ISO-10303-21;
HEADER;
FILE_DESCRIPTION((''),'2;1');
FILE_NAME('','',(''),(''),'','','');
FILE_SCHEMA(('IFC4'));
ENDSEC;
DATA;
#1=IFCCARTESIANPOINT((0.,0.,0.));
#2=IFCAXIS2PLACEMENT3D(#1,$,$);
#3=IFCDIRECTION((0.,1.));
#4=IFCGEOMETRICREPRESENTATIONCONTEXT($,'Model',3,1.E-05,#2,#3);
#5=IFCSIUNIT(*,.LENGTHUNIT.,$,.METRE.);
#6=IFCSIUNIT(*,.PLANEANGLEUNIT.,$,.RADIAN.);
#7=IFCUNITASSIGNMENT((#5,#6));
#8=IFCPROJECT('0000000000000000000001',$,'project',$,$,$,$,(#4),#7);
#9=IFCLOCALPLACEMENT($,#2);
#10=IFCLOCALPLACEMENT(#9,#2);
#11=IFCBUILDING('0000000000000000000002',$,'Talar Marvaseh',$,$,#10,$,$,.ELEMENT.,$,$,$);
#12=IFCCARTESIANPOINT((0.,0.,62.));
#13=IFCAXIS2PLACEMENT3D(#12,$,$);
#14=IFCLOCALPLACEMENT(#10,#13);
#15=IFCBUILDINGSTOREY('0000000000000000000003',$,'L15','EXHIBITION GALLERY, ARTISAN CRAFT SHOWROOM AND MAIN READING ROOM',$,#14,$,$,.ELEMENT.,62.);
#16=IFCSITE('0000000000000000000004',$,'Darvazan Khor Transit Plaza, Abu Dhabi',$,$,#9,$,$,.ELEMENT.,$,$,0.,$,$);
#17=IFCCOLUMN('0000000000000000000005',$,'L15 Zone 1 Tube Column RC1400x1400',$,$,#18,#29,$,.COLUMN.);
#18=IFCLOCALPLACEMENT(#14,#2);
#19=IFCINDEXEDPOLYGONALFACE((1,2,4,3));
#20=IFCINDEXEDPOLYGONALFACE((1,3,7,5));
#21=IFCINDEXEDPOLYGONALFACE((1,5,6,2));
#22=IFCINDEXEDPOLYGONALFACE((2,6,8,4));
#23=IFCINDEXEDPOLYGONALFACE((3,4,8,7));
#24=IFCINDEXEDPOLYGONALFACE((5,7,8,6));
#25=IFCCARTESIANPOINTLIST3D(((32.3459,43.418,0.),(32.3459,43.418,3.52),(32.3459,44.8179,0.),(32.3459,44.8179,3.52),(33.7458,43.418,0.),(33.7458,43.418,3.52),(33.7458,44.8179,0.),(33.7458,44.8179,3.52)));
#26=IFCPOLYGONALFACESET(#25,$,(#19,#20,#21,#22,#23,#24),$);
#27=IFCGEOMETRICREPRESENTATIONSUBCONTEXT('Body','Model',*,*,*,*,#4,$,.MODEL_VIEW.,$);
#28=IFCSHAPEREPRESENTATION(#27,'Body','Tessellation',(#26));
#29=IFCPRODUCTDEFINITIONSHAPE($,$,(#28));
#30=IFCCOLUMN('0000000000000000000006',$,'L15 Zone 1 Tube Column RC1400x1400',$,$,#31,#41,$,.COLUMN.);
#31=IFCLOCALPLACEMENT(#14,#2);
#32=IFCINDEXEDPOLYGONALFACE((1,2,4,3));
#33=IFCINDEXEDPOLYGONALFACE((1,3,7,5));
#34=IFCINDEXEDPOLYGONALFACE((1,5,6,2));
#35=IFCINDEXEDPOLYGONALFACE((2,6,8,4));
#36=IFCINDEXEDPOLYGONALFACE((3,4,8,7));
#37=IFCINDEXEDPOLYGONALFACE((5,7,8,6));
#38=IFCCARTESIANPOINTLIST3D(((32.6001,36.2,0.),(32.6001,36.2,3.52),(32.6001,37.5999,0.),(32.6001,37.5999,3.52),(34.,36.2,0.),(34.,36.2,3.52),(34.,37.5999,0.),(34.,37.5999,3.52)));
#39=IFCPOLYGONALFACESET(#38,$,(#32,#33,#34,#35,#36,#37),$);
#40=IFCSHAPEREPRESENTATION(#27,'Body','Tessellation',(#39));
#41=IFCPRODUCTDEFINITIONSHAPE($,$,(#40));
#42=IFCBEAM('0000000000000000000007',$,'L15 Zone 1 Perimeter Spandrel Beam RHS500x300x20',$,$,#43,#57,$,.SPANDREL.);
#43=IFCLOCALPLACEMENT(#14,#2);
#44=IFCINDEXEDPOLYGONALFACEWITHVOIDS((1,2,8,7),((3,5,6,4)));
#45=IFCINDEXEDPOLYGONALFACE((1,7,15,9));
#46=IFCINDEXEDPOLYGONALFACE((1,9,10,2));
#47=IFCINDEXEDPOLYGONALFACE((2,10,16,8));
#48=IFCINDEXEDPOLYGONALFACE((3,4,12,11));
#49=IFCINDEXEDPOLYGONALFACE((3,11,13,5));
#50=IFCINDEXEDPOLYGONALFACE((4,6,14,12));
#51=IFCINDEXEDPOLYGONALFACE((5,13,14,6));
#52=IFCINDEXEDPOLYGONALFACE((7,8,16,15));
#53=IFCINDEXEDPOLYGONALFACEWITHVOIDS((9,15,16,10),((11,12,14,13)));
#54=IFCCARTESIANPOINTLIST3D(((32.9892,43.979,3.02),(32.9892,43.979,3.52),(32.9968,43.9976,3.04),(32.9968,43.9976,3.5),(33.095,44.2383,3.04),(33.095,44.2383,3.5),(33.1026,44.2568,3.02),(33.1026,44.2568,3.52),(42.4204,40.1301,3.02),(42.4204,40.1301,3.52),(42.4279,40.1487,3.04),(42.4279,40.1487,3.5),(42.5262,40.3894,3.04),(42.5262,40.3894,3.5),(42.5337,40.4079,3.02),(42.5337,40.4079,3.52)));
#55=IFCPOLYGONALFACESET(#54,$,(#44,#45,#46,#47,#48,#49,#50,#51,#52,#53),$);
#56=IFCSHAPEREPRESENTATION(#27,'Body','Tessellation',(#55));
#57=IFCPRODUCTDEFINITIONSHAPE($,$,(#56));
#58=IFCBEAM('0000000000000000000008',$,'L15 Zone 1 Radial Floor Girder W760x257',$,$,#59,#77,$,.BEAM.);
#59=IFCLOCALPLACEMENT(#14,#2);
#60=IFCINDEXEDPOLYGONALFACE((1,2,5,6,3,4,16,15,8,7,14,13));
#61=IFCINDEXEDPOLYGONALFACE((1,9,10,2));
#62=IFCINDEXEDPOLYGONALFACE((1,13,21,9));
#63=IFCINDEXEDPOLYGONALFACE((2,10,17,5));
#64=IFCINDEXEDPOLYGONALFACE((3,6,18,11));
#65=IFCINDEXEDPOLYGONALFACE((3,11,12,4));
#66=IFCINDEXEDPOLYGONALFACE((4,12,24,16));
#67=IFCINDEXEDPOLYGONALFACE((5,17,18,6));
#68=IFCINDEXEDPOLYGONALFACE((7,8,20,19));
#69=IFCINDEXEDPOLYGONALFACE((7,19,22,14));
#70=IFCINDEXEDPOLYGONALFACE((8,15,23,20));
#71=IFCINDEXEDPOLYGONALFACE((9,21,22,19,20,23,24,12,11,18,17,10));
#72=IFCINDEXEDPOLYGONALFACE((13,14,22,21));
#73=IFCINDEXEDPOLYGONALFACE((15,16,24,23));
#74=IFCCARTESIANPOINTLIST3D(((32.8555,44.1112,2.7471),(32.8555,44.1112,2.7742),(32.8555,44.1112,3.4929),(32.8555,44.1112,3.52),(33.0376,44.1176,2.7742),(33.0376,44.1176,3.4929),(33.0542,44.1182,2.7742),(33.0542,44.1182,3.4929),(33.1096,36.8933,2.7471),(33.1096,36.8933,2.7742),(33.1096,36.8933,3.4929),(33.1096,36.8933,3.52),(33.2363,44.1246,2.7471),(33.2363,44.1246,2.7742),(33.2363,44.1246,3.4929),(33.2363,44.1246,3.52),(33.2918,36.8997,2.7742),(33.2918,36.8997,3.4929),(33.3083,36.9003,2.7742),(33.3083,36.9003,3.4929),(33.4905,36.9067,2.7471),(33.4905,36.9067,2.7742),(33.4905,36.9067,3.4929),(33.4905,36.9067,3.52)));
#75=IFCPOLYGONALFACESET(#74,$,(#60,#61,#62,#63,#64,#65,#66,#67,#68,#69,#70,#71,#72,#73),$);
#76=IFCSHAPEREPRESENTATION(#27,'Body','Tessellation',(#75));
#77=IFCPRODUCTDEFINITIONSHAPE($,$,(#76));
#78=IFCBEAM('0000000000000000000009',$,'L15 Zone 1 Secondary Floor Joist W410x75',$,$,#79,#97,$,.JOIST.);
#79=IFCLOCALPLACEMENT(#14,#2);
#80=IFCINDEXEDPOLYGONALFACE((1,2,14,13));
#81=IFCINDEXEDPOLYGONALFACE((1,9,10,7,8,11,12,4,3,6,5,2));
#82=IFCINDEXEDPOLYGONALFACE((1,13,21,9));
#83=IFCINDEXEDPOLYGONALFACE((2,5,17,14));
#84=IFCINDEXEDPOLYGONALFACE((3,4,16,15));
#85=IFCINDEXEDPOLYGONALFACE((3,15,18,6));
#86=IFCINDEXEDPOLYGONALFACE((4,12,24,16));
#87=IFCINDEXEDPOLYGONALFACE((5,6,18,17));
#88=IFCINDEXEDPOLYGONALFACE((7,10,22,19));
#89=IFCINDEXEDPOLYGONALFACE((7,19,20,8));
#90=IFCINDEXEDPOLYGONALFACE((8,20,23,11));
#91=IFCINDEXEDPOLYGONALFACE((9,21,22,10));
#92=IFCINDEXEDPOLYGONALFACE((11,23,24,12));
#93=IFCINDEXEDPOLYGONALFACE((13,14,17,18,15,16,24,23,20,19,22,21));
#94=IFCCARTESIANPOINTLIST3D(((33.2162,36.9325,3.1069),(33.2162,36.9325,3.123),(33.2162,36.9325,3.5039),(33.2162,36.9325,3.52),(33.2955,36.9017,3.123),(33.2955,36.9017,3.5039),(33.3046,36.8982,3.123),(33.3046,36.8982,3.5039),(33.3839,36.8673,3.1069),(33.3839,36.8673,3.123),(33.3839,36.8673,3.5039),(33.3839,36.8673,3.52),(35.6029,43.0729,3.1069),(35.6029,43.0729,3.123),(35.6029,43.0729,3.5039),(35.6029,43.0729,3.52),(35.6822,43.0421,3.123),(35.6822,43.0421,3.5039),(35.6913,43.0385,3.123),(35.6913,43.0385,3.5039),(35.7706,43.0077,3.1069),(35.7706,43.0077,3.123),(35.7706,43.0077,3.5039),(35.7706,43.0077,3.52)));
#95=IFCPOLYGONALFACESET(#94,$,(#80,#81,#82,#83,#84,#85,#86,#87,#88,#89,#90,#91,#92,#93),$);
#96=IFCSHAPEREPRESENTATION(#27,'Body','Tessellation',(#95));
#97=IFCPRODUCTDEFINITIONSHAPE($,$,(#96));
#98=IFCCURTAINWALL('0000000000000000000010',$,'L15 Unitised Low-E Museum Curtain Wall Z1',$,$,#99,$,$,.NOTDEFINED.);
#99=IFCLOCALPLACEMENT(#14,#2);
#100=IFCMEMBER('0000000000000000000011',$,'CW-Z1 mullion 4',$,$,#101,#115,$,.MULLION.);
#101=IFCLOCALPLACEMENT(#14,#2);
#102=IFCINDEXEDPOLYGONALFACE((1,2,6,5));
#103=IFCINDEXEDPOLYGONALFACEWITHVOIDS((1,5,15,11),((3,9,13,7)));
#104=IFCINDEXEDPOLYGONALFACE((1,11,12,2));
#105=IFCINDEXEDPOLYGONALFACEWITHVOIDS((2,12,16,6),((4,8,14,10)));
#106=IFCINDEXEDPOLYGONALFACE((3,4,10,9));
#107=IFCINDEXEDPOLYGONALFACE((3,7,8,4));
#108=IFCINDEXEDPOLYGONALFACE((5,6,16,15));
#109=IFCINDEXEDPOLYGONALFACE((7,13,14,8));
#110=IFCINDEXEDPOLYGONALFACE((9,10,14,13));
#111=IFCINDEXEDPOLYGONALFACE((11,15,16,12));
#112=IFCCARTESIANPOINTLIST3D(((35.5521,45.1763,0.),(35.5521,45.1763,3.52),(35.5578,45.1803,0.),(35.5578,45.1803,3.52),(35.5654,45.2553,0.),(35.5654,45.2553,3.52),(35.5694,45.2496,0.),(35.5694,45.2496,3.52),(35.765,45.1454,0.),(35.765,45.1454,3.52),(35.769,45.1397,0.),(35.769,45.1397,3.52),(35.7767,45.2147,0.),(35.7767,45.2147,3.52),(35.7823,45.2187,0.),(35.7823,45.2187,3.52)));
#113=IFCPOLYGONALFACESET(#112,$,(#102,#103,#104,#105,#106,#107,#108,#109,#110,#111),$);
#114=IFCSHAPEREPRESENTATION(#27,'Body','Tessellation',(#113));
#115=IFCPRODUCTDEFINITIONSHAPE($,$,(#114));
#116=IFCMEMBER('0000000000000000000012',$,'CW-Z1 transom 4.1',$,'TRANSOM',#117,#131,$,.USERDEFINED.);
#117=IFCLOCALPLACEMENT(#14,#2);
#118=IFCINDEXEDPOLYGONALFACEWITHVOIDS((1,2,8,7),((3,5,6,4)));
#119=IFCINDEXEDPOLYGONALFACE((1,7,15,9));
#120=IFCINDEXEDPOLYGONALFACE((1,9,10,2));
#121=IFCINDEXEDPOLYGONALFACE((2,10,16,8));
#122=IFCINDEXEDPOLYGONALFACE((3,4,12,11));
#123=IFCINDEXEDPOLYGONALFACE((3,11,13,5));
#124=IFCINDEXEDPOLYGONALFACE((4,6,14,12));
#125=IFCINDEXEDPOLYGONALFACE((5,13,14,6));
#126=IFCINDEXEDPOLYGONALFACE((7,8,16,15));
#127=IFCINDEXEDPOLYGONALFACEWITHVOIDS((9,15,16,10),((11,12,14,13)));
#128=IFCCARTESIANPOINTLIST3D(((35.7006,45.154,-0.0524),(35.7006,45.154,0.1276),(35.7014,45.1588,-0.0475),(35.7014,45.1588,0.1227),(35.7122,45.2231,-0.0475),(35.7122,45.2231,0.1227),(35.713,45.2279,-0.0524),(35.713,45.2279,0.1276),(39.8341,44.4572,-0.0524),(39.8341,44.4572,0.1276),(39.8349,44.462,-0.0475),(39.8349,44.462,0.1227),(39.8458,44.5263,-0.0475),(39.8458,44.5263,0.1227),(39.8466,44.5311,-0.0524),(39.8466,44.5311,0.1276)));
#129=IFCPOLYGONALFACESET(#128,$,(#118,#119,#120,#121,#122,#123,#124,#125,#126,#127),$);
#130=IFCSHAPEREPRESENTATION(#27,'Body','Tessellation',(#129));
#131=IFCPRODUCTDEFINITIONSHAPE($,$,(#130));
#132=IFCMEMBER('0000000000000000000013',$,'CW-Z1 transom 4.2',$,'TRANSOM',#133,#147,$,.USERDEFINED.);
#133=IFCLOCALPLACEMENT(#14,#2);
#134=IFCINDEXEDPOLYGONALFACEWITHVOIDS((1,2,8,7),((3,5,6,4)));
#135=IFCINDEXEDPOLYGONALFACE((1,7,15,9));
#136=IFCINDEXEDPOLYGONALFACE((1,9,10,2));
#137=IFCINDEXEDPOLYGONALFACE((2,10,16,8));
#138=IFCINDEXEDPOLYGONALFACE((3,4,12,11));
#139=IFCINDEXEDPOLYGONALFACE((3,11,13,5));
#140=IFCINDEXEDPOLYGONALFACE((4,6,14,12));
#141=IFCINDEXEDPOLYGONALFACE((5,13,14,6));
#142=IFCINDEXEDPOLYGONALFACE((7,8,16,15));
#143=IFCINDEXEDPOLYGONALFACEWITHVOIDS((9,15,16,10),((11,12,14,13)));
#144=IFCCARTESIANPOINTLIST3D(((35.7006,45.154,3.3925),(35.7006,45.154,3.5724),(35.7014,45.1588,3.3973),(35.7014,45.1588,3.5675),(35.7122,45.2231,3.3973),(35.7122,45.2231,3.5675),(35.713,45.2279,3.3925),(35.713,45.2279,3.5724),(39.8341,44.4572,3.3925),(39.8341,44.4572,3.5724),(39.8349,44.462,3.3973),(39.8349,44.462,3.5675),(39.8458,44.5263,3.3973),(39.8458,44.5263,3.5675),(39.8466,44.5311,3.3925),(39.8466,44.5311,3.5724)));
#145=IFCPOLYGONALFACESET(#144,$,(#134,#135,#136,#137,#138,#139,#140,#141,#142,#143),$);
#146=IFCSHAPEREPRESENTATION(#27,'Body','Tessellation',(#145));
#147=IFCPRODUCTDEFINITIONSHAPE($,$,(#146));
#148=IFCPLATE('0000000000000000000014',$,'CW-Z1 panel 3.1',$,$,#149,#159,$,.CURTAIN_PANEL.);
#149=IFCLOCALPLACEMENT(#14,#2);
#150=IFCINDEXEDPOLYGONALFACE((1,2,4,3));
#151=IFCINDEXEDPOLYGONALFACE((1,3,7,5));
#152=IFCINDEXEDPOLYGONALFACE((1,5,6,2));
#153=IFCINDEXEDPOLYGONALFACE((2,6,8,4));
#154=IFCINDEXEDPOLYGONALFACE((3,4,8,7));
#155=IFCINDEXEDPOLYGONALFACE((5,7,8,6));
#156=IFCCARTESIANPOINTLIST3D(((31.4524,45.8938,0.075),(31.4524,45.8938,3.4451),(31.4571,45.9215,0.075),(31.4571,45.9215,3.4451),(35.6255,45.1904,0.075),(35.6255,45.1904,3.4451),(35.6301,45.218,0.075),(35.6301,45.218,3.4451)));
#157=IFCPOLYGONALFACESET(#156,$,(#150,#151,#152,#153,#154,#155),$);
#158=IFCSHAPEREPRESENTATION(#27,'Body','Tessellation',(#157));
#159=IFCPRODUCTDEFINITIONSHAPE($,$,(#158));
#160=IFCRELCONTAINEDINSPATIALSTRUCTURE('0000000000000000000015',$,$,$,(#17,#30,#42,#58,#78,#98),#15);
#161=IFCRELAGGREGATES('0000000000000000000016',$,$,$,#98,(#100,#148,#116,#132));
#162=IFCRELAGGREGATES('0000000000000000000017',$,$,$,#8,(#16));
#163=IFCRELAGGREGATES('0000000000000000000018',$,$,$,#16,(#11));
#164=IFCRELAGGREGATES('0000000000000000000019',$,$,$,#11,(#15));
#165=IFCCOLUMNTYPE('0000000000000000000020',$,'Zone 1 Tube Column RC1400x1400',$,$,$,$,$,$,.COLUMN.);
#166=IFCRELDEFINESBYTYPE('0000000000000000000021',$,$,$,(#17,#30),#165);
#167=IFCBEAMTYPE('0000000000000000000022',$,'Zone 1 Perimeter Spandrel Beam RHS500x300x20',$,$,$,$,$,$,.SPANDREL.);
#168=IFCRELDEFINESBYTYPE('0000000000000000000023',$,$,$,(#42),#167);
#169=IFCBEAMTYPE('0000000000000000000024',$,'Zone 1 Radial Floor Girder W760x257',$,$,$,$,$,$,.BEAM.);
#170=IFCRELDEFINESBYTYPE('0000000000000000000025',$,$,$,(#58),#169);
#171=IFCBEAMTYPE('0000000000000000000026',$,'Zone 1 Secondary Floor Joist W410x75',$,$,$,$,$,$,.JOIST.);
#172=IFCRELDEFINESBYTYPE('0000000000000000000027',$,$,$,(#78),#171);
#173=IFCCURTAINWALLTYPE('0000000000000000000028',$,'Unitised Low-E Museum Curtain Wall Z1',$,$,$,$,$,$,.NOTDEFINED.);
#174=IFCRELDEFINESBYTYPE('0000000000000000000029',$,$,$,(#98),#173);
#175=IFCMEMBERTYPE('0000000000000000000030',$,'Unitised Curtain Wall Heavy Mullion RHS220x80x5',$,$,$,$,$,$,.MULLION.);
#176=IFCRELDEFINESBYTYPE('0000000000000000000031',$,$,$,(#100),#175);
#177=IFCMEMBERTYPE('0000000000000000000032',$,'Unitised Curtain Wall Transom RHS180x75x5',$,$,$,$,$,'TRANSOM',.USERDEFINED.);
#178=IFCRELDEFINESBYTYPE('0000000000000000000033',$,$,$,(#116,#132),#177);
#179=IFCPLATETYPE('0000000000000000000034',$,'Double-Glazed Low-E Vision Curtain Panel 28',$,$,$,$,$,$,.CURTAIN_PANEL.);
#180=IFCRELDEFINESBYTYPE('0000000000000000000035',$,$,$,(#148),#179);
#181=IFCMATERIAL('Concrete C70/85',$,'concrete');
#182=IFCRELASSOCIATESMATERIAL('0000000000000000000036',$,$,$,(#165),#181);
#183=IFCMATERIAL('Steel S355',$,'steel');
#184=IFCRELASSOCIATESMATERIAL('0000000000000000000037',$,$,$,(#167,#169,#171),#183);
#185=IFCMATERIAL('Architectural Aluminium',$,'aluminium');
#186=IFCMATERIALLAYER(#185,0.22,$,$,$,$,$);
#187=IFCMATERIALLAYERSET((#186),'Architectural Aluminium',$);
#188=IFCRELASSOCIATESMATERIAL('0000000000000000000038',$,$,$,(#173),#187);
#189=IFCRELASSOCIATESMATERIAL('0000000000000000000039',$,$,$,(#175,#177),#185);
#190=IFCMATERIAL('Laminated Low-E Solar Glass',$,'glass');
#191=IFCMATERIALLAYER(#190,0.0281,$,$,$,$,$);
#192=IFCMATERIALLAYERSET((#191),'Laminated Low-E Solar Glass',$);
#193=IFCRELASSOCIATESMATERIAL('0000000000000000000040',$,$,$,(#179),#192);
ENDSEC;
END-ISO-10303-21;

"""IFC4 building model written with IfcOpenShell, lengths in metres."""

from ifc_helpers import new_model, si_unit, direction, frame, origin, origin_2d, place, context, subcontext, project, spatial, rectangle, hollow_rectangle, i_section, extrude, source, transform, mapped, material, layer, layer_set, material_profile, profile_set, type_object, type_shapes, element, aggregate, save


model = new_model("IFC4")

# Units and contexts
model_context = context("Model", 3, precision=1e-05, world=origin(), true_north=direction((0.0, 1.0)))
body_context = subcontext(model_context, "Body", "Model", "MODEL_VIEW")
ifc_project = project(units=[si_unit("LENGTHUNIT", "METRE"), si_unit("PLANEANGLEUNIT", "RADIAN")], contexts=[model_context])

# Site, building, storey
site_placement = place(None, origin())
site = spatial("IfcSite", under=ifc_project, at=site_placement, Name="Darvazan Khor Transit Plaza, Abu Dhabi", CompositionType="ELEMENT", RefElevation=0.0)
building_placement = place(site_placement, origin())
building = spatial("IfcBuilding", under=site, at=building_placement, Name="Talar Marvaseh", CompositionType="ELEMENT")
storey_placement = place(building_placement, frame((0.0, 0.0, 62.0)))
storey = spatial("IfcBuildingStorey", under=building, at=storey_placement, Name="L15", Description="EXHIBITION GALLERY, ARTISAN CRAFT SHOWROOM AND MAIN READING ROOM", CompositionType="ELEMENT", Elevation=62.0)

# Columns
ifc_material_1 = material(Name="Concrete C70/85", Category="concrete")
ifc_material_profile_1 = material_profile(ifc_material_1, rectangle(XDim=1.3999, YDim=1.3999, at=origin_2d()), Name="RC1400x1400")
ifc_profile_set_1 = profile_set([ifc_material_profile_1], Name="Concrete C70/85")
column_type = type_object("IfcColumnType", Name="Zone 1 Tube Column RC1400x1400", PredefinedType="COLUMN", material=ifc_profile_set_1)
for number, where, z_axis, x_axis, name in (
    (1, (33.0459, 44.1179, 0.0), (0.0, 0.0, 1.0), (1.0, 0.0, 0.0), "L15 Zone 1 Tube Column RC1400x1400"),
    (2, (33.3, 36.8999, 0.0), (0.0, 0.0, 1.0), (1.0, 0.0, 0.0), "L15 Zone 1 Tube Column RC1400x1400"),
):
    element("IfcColumn", number, at=place(storey_placement, frame(where, z_axis=z_axis, x_axis=x_axis)), inside=storey, type_object=column_type, Name=name, PredefinedType="COLUMN", context=body_context, shape_type="SweptSolid", body=[
        extrude(rectangle(XDim=1.3999, YDim=1.3999, at=origin_2d()), origin(), (0.0, 0.0, 1.0), 3.52),
    ])

# Beams
ifc_material_2 = material(Name="Steel S355", Category="steel")
ifc_material_profile_2 = material_profile(ifc_material_2, hollow_rectangle(XDim=0.3, YDim=0.5, WallThickness=0.02, at=origin_2d()), Name="RHS500x300x20")
ifc_profile_set_2 = profile_set([ifc_material_profile_2], Name="Steel S355")
beam_type_1 = type_object("IfcBeamType", Name="Zone 1 Perimeter Spandrel Beam RHS500x300x20", PredefinedType="SPANDREL", material=ifc_profile_set_2)
beam_1_placement = place(storey_placement, frame((33.0459, 44.1179, 3.27), z_axis=(0.925867, -0.377849, 0.0), x_axis=(0.377849, 0.925867, 0.0)))
element("IfcBeam", 3, at=beam_1_placement, inside=storey, type_object=beam_type_1, Name="L15 Zone 1 Perimeter Spandrel Beam RHS500x300x20", PredefinedType="SPANDREL", context=body_context, shape_type="SweptSolid", body=[
    extrude(hollow_rectangle(XDim=0.3, YDim=0.5, WallThickness=0.02, at=origin_2d()), origin(), (0.0, 0.0, 1.0), 10.1863),
])
ifc_material_profile_3 = material_profile(ifc_material_2, i_section(OverallWidth=0.3811, OverallDepth=0.7729, WebThickness=0.0166, FlangeThickness=0.0271, at=origin_2d()), Name="W760x257")
ifc_profile_set_3 = profile_set([ifc_material_profile_3], Name="Steel S355")
beam_type_2 = type_object("IfcBeamType", Name="Zone 1 Radial Floor Girder W760x257", PredefinedType="BEAM", material=ifc_profile_set_3)
beam_2_placement = place(storey_placement, frame((33.0459, 44.1179, 3.1335), z_axis=(0.035189, -0.999381, 0.0), x_axis=(0.999381, 0.035189, 0.0)))
element("IfcBeam", 4, at=beam_2_placement, inside=storey, type_object=beam_type_2, Name="L15 Zone 1 Radial Floor Girder W760x257", PredefinedType="BEAM", context=body_context, shape_type="SweptSolid", body=[
    extrude(i_section(OverallWidth=0.3811, OverallDepth=0.7729, WebThickness=0.0166, FlangeThickness=0.0271, at=origin_2d()), origin(), (0.0, 0.0, 1.0), 7.2224),
])
ifc_material_profile_4 = material_profile(ifc_material_2, i_section(OverallWidth=0.1799, OverallDepth=0.4131, WebThickness=0.0098, FlangeThickness=0.0161, at=origin_2d()), Name="W410x75")
ifc_profile_set_4 = profile_set([ifc_material_profile_4], Name="Steel S355")
beam_type_3 = type_object("IfcBeamType", Name="Zone 1 Secondary Floor Joist W410x75", PredefinedType="JOIST", material=ifc_profile_set_4)
beam_3_placement = place(storey_placement, frame((35.6868, 43.0403, 3.3135), z_axis=(-0.362287, -0.932067, 0.0), x_axis=(0.932067, -0.362287, 0.0)))
element("IfcBeam", 5, at=beam_3_placement, inside=storey, type_object=beam_type_3, Name="L15 Zone 1 Secondary Floor Joist W410x75", PredefinedType="JOIST", context=body_context, shape_type="SweptSolid", body=[
    extrude(i_section(OverallWidth=0.1799, OverallDepth=0.4131, WebThickness=0.0098, FlangeThickness=0.0161, at=origin_2d()), origin(), (0.0, 0.0, 1.0), 6.5879),
])

# Curtain wall, members, plate
ifc_material_3 = material(Name="Architectural Aluminium", Category="aluminium")
ifc_layer_1 = layer(ifc_material_3, 0.22)
ifc_layer_set_1 = layer_set([ifc_layer_1], Name="Architectural Aluminium")
curtain_wall_type = type_object("IfcCurtainWallType", Name="Unitised Low-E Museum Curtain Wall Z1", PredefinedType="NOTDEFINED", material=ifc_layer_set_1)
curtain_wall_placement = place(storey_placement, origin())
curtain_wall = element("IfcCurtainWall", 6, at=curtain_wall_placement, inside=storey, type_object=curtain_wall_type, Name="L15 Unitised Low-E Museum Curtain Wall Z1", PredefinedType="NOTDEFINED")
ifc_material_profile_5 = material_profile(ifc_material_3, hollow_rectangle(XDim=0.0801, YDim=0.22, WallThickness=0.0049, at=origin_2d()), Name="RHS220x80x5")
ifc_profile_set_5 = profile_set([ifc_material_profile_5], Name="Architectural Aluminium")
member_type_1 = type_object("IfcMemberType", Name="Unitised Curtain Wall Heavy Mullion RHS220x80x5", PredefinedType="MULLION", material=ifc_profile_set_5)
shared_shape_1 = source(origin(), body_context, "Body", "SweptSolid", [
    extrude(hollow_rectangle(XDim=0.0801, YDim=0.22, WallThickness=0.0049, at=origin_2d()), origin(), (0.0, 0.0, 1.0), 3.52),
])
type_shapes(member_type_1, [shared_shape_1])
member_1_placement = place(storey_placement, frame((35.6672, 45.1975, 0.0), z_axis=(0.0, 0.0, 1.0), x_axis=(0.166215, 0.98609, 0.0)))
member_1 = element("IfcMember", 7, at=member_1_placement, type_object=member_type_1, Name="CW-Z1 mullion 4", PredefinedType="MULLION", context=body_context, shape_type="MappedRepresentation", body=[
    mapped(shared_shape_1, transform((0.0, 0.0, 0.0), x_axis=(1.0, 0.0, 0.0), y_axis=(0.0, 1.0, 0.0), z_axis=(0.0, 0.0, 1.0), scale=1.0)),
])
ifc_material_profile_6 = material_profile(ifc_material_3, hollow_rectangle(XDim=0.075, YDim=0.1799, WallThickness=0.0049, at=origin_2d()), Name="RHS180x75x5")
ifc_profile_set_6 = profile_set([ifc_material_profile_6], Name="Architectural Aluminium")
member_type_2 = type_object("IfcMemberType", Name="Unitised Curtain Wall Transom RHS180x75x5", ElementType="TRANSOM", PredefinedType="USERDEFINED", material=ifc_profile_set_6)
shared_shape_2 = source(origin(), body_context, "Body", "SweptSolid", [
    extrude(hollow_rectangle(XDim=0.075, YDim=0.1799, WallThickness=0.0049, at=origin_2d()), origin(), (0.0, 0.0, 1.0), 4.1919),
])
type_shapes(member_type_2, [shared_shape_2])
member_2_placement = place(storey_placement, frame((35.7068, 45.1909, 0.0376), z_axis=(0.986088, -0.166222, 0.0), x_axis=(0.166222, 0.986088, 0.0)))
member_2 = element("IfcMember", 8, at=member_2_placement, type_object=member_type_2, Name="CW-Z1 transom 4.1", ObjectType="TRANSOM", PredefinedType="USERDEFINED", context=body_context, shape_type="MappedRepresentation", body=[
    mapped(shared_shape_2, transform((0.0, 0.0, 0.0), x_axis=(1.0, 0.0, 0.0), y_axis=(0.0, 1.0, 0.0), z_axis=(0.0, 0.0, 1.0), scale=1.0)),
])
member_3_placement = place(storey_placement, frame((35.7068, 45.1909, 3.4824), z_axis=(0.986088, -0.166222, 0.0), x_axis=(0.166222, 0.986088, 0.0)))
member_3 = element("IfcMember", 9, at=member_3_placement, type_object=member_type_2, Name="CW-Z1 transom 4.2", ObjectType="TRANSOM", PredefinedType="USERDEFINED", context=body_context, shape_type="MappedRepresentation", body=[
    mapped(shared_shape_2, transform((0.0, 0.0, 0.0), x_axis=(1.0, 0.0, 0.0), y_axis=(0.0, 1.0, 0.0), z_axis=(0.0, 0.0, 1.0), scale=1.0)),
])
ifc_material_4 = material(Name="Laminated Low-E Solar Glass", Category="glass")
ifc_layer_2 = layer(ifc_material_4, 0.0281)
ifc_layer_set_2 = layer_set([ifc_layer_2], Name="Laminated Low-E Solar Glass")
plate_type = type_object("IfcPlateType", Name="Double-Glazed Low-E Vision Curtain Panel 28", PredefinedType="CURTAIN_PANEL", material=ifc_layer_set_2)
shared_shape_3 = source(origin(), body_context, "Body", "SweptSolid", [
    extrude(rectangle(XDim=4.2319, YDim=0.0281, at=origin_2d()), origin(), (0.0, 0.0, 1.0), 3.3701),
])
type_shapes(plate_type, [shared_shape_3])
plate_placement = place(storey_placement, frame((33.5413, 45.5559, 0.075), z_axis=(0.0, 0.0, 1.0), x_axis=(0.98609, -0.166215, 0.0)))
plate = element("IfcPlate", 10, at=plate_placement, type_object=plate_type, Name="CW-Z1 panel 3.1", PredefinedType="CURTAIN_PANEL", context=body_context, shape_type="MappedRepresentation", body=[
    mapped(shared_shape_3, transform((0.0, 0.0, 0.0), x_axis=(1.0, 0.0, 0.0), y_axis=(0.0, 1.0, 0.0), z_axis=(0.0, 0.0, 1.0), scale=1.0)),
])
aggregate(curtain_wall, [member_1, plate, member_2, member_3])

save(model, "model.ifc")
